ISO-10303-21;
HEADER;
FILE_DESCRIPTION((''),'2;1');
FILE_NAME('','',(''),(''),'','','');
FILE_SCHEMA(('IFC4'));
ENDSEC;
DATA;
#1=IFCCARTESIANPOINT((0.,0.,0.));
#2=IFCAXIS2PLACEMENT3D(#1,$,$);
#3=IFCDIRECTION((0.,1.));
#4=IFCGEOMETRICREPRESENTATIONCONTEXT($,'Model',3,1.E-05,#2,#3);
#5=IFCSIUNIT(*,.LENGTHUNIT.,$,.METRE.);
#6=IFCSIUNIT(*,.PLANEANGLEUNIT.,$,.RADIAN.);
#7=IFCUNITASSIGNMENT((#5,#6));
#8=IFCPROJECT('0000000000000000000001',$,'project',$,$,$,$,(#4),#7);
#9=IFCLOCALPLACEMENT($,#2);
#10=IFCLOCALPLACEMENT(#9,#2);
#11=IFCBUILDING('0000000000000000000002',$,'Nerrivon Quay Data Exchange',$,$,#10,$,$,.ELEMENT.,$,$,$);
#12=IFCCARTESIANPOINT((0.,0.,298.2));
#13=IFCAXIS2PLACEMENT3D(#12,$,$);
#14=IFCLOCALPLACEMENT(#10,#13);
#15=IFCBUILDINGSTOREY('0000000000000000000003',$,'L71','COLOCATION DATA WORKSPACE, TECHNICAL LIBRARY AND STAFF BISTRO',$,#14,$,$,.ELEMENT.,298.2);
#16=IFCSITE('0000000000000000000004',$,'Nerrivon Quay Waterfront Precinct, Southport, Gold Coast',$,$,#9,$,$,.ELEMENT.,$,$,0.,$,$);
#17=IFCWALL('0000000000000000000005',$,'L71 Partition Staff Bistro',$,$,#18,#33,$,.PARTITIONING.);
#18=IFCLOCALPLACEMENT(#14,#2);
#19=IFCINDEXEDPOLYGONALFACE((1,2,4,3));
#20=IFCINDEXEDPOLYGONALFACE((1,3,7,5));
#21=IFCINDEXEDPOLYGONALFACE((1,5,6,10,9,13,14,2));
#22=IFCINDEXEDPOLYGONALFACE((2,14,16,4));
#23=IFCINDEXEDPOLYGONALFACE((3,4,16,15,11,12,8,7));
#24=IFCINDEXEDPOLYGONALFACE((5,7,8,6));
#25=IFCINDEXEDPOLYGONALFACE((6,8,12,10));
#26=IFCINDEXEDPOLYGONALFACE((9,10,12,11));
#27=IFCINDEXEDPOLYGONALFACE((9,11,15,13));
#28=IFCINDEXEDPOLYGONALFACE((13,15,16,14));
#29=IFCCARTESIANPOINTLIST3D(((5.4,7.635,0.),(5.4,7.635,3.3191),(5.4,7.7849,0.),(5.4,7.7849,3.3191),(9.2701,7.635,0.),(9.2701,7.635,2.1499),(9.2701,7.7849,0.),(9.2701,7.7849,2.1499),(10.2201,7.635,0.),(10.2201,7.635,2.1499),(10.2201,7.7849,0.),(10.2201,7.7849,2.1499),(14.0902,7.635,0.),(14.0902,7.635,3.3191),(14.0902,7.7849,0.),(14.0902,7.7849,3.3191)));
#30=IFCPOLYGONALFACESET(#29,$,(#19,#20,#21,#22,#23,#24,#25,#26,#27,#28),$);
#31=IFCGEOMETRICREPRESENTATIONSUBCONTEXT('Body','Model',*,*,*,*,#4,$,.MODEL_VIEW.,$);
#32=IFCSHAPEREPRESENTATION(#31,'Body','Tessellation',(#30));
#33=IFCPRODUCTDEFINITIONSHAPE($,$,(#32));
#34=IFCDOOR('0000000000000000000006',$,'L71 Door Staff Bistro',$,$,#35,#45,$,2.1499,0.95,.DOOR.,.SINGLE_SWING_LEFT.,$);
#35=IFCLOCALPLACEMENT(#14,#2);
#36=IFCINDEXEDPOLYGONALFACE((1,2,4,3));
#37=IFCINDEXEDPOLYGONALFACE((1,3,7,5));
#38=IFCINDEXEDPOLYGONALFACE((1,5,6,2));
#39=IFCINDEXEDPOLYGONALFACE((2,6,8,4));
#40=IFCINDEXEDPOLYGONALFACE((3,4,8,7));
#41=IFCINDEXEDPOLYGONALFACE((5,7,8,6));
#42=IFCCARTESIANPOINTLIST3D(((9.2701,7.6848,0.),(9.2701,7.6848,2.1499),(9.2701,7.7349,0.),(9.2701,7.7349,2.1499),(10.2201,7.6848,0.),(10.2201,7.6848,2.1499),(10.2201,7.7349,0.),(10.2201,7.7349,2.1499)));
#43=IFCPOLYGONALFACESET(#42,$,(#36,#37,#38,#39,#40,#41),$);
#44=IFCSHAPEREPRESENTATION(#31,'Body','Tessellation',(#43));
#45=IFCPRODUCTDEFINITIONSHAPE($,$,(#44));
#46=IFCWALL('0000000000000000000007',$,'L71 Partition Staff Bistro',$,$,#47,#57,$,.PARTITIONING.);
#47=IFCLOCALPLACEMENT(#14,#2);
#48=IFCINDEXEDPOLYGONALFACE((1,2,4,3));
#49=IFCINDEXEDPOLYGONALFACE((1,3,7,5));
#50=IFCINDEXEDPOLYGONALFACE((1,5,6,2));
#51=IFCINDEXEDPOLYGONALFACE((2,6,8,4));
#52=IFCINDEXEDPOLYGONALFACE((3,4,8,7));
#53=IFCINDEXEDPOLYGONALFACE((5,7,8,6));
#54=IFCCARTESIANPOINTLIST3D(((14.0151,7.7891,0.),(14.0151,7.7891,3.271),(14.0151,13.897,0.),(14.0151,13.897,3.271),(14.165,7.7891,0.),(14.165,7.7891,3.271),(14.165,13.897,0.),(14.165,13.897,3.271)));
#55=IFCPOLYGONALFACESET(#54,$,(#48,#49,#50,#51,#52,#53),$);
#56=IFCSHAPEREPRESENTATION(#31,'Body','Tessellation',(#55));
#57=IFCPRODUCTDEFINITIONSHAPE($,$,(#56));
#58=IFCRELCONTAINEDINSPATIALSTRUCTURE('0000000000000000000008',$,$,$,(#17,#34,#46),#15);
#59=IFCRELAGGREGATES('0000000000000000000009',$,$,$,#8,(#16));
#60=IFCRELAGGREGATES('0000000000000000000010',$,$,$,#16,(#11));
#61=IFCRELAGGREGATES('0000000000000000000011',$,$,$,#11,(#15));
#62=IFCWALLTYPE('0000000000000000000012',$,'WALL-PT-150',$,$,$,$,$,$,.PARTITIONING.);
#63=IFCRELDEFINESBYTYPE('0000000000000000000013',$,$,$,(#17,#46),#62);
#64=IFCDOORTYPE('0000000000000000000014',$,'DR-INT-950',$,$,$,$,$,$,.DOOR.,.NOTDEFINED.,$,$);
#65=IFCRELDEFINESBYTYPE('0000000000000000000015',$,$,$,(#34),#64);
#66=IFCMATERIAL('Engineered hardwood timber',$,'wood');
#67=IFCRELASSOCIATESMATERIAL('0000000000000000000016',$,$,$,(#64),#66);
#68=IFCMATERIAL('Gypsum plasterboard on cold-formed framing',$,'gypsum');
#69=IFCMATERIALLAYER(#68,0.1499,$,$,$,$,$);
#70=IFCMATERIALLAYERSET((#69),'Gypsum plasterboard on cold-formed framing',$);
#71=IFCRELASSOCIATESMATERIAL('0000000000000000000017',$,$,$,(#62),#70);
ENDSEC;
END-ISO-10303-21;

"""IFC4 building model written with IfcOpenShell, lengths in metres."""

from ifc_helpers import new_model, si_unit, direction, frame, frame_2d, origin, place, context, subcontext, project, spatial, rectangle, extrude, material, layer, layer_set, type_object, element, fill, save


model = new_model("IFC4")

# Units and contexts
model_context = context("Model", 3, precision=1e-05, world=origin(), true_north=direction((0.0, 1.0)))
body_context = subcontext(model_context, "Body", "Model", "MODEL_VIEW")
ifc_project = project(units=[si_unit("LENGTHUNIT", "METRE"), si_unit("PLANEANGLEUNIT", "RADIAN")], contexts=[model_context])

# Site, building, storey
site_placement = place(None, origin())
site = spatial("IfcSite", under=ifc_project, at=site_placement, Name="Nerrivon Quay Waterfront Precinct, Southport, Gold Coast", CompositionType="ELEMENT", RefElevation=0.0)
building_placement = place(site_placement, origin())
building = spatial("IfcBuilding", under=site, at=building_placement, Name="Nerrivon Quay Data Exchange", CompositionType="ELEMENT")
storey_placement = place(building_placement, frame((0.0, 0.0, 298.2)))
storey = spatial("IfcBuildingStorey", under=building, at=storey_placement, Name="L71", Description="COLOCATION DATA WORKSPACE, TECHNICAL LIBRARY AND STAFF BISTRO", CompositionType="ELEMENT", Elevation=298.2)

# Shared definitions
ifc_material_1 = material(Name="Gypsum plasterboard on cold-formed framing", Category="gypsum")
ifc_material_2 = material(Name="Engineered hardwood timber", Category="wood")
door_type_1 = type_object("IfcDoorType", Name="DR-INT-950", OperationType="NOTDEFINED", PredefinedType="DOOR", material=ifc_material_2)

# Wall, opening, door
ifc_layer_1 = layer(ifc_material_1, 0.1499)
ifc_layer_set_1 = layer_set([ifc_layer_1], Name="Gypsum plasterboard on cold-formed framing")
wall_type_1 = type_object("IfcWallType", Name="WALL-PT-150", PredefinedType="PARTITIONING", material=ifc_layer_set_1)
wall_1_placement = place(storey_placement, frame((5.3999, 7.71, 0.0), z_axis=(0.0, 0.0, 1.0), x_axis=(1.0, 0.0, 0.0)))
wall_1 = element("IfcWall", 1, at=wall_1_placement, inside=storey, type_object=wall_type_1, Name="L71 Partition Staff Bistro", PredefinedType="PARTITIONING", context=body_context, shape_type="SweptSolid", body=[
    extrude(rectangle(XDim=8.6902, YDim=0.1499, at=frame_2d((4.3452, 0.0))), origin(), (0.0, 0.0, 1.0), 3.3191),
])
opening_1_placement = place(wall_1_placement, frame((3.8701, 0.0, 0.0)))
opening_1 = element("IfcOpeningElement", 2, at=opening_1_placement, cuts=wall_1, PredefinedType="OPENING", context=body_context, shape_type="SweptSolid", body=[
    extrude(rectangle(XDim=0.95, YDim=2.1499, at=frame_2d((0.4751, 1.075))), frame((0.0, 0.085, 0.0), z_axis=(0.0, -1.0, 0.0), x_axis=(1.0, 0.0, 0.0)), (0.0, 0.0, 1.0), 0.1699),
])
door_1_placement = place(opening_1_placement, origin())
door_1 = element("IfcDoor", 3, at=door_1_placement, inside=storey, type_object=door_type_1, Name="L71 Door Staff Bistro", OperationType="SINGLE_SWING_LEFT", OverallHeight=2.1499, OverallWidth=0.95, PredefinedType="DOOR", context=body_context, shape_type="SweptSolid", body=[
    extrude(rectangle(XDim=0.95, YDim=2.1499, at=frame_2d((0.4751, 1.075))), frame((0.0, 0.0249, 0.0), z_axis=(0.0, -1.0, 0.0), x_axis=(1.0, 0.0, 0.0)), (0.0, 0.0, 1.0), 0.05),
])
fill(opening_1, door_1)

# Wall
wall_2_placement = place(storey_placement, frame((14.0901, 7.7891, 0.0), z_axis=(0.0, 0.0, 1.0), x_axis=(0.0, 1.0, 0.0)))
element("IfcWall", 4, at=wall_2_placement, inside=storey, type_object=wall_type_1, Name="L71 Partition Staff Bistro", PredefinedType="PARTITIONING", context=body_context, shape_type="SweptSolid", body=[
    extrude(rectangle(XDim=6.1079, YDim=0.1499, at=frame_2d((3.054, 0.0))), origin(), (0.0, 0.0, 1.0), 3.271),
])

save(model, "model.ifc")
